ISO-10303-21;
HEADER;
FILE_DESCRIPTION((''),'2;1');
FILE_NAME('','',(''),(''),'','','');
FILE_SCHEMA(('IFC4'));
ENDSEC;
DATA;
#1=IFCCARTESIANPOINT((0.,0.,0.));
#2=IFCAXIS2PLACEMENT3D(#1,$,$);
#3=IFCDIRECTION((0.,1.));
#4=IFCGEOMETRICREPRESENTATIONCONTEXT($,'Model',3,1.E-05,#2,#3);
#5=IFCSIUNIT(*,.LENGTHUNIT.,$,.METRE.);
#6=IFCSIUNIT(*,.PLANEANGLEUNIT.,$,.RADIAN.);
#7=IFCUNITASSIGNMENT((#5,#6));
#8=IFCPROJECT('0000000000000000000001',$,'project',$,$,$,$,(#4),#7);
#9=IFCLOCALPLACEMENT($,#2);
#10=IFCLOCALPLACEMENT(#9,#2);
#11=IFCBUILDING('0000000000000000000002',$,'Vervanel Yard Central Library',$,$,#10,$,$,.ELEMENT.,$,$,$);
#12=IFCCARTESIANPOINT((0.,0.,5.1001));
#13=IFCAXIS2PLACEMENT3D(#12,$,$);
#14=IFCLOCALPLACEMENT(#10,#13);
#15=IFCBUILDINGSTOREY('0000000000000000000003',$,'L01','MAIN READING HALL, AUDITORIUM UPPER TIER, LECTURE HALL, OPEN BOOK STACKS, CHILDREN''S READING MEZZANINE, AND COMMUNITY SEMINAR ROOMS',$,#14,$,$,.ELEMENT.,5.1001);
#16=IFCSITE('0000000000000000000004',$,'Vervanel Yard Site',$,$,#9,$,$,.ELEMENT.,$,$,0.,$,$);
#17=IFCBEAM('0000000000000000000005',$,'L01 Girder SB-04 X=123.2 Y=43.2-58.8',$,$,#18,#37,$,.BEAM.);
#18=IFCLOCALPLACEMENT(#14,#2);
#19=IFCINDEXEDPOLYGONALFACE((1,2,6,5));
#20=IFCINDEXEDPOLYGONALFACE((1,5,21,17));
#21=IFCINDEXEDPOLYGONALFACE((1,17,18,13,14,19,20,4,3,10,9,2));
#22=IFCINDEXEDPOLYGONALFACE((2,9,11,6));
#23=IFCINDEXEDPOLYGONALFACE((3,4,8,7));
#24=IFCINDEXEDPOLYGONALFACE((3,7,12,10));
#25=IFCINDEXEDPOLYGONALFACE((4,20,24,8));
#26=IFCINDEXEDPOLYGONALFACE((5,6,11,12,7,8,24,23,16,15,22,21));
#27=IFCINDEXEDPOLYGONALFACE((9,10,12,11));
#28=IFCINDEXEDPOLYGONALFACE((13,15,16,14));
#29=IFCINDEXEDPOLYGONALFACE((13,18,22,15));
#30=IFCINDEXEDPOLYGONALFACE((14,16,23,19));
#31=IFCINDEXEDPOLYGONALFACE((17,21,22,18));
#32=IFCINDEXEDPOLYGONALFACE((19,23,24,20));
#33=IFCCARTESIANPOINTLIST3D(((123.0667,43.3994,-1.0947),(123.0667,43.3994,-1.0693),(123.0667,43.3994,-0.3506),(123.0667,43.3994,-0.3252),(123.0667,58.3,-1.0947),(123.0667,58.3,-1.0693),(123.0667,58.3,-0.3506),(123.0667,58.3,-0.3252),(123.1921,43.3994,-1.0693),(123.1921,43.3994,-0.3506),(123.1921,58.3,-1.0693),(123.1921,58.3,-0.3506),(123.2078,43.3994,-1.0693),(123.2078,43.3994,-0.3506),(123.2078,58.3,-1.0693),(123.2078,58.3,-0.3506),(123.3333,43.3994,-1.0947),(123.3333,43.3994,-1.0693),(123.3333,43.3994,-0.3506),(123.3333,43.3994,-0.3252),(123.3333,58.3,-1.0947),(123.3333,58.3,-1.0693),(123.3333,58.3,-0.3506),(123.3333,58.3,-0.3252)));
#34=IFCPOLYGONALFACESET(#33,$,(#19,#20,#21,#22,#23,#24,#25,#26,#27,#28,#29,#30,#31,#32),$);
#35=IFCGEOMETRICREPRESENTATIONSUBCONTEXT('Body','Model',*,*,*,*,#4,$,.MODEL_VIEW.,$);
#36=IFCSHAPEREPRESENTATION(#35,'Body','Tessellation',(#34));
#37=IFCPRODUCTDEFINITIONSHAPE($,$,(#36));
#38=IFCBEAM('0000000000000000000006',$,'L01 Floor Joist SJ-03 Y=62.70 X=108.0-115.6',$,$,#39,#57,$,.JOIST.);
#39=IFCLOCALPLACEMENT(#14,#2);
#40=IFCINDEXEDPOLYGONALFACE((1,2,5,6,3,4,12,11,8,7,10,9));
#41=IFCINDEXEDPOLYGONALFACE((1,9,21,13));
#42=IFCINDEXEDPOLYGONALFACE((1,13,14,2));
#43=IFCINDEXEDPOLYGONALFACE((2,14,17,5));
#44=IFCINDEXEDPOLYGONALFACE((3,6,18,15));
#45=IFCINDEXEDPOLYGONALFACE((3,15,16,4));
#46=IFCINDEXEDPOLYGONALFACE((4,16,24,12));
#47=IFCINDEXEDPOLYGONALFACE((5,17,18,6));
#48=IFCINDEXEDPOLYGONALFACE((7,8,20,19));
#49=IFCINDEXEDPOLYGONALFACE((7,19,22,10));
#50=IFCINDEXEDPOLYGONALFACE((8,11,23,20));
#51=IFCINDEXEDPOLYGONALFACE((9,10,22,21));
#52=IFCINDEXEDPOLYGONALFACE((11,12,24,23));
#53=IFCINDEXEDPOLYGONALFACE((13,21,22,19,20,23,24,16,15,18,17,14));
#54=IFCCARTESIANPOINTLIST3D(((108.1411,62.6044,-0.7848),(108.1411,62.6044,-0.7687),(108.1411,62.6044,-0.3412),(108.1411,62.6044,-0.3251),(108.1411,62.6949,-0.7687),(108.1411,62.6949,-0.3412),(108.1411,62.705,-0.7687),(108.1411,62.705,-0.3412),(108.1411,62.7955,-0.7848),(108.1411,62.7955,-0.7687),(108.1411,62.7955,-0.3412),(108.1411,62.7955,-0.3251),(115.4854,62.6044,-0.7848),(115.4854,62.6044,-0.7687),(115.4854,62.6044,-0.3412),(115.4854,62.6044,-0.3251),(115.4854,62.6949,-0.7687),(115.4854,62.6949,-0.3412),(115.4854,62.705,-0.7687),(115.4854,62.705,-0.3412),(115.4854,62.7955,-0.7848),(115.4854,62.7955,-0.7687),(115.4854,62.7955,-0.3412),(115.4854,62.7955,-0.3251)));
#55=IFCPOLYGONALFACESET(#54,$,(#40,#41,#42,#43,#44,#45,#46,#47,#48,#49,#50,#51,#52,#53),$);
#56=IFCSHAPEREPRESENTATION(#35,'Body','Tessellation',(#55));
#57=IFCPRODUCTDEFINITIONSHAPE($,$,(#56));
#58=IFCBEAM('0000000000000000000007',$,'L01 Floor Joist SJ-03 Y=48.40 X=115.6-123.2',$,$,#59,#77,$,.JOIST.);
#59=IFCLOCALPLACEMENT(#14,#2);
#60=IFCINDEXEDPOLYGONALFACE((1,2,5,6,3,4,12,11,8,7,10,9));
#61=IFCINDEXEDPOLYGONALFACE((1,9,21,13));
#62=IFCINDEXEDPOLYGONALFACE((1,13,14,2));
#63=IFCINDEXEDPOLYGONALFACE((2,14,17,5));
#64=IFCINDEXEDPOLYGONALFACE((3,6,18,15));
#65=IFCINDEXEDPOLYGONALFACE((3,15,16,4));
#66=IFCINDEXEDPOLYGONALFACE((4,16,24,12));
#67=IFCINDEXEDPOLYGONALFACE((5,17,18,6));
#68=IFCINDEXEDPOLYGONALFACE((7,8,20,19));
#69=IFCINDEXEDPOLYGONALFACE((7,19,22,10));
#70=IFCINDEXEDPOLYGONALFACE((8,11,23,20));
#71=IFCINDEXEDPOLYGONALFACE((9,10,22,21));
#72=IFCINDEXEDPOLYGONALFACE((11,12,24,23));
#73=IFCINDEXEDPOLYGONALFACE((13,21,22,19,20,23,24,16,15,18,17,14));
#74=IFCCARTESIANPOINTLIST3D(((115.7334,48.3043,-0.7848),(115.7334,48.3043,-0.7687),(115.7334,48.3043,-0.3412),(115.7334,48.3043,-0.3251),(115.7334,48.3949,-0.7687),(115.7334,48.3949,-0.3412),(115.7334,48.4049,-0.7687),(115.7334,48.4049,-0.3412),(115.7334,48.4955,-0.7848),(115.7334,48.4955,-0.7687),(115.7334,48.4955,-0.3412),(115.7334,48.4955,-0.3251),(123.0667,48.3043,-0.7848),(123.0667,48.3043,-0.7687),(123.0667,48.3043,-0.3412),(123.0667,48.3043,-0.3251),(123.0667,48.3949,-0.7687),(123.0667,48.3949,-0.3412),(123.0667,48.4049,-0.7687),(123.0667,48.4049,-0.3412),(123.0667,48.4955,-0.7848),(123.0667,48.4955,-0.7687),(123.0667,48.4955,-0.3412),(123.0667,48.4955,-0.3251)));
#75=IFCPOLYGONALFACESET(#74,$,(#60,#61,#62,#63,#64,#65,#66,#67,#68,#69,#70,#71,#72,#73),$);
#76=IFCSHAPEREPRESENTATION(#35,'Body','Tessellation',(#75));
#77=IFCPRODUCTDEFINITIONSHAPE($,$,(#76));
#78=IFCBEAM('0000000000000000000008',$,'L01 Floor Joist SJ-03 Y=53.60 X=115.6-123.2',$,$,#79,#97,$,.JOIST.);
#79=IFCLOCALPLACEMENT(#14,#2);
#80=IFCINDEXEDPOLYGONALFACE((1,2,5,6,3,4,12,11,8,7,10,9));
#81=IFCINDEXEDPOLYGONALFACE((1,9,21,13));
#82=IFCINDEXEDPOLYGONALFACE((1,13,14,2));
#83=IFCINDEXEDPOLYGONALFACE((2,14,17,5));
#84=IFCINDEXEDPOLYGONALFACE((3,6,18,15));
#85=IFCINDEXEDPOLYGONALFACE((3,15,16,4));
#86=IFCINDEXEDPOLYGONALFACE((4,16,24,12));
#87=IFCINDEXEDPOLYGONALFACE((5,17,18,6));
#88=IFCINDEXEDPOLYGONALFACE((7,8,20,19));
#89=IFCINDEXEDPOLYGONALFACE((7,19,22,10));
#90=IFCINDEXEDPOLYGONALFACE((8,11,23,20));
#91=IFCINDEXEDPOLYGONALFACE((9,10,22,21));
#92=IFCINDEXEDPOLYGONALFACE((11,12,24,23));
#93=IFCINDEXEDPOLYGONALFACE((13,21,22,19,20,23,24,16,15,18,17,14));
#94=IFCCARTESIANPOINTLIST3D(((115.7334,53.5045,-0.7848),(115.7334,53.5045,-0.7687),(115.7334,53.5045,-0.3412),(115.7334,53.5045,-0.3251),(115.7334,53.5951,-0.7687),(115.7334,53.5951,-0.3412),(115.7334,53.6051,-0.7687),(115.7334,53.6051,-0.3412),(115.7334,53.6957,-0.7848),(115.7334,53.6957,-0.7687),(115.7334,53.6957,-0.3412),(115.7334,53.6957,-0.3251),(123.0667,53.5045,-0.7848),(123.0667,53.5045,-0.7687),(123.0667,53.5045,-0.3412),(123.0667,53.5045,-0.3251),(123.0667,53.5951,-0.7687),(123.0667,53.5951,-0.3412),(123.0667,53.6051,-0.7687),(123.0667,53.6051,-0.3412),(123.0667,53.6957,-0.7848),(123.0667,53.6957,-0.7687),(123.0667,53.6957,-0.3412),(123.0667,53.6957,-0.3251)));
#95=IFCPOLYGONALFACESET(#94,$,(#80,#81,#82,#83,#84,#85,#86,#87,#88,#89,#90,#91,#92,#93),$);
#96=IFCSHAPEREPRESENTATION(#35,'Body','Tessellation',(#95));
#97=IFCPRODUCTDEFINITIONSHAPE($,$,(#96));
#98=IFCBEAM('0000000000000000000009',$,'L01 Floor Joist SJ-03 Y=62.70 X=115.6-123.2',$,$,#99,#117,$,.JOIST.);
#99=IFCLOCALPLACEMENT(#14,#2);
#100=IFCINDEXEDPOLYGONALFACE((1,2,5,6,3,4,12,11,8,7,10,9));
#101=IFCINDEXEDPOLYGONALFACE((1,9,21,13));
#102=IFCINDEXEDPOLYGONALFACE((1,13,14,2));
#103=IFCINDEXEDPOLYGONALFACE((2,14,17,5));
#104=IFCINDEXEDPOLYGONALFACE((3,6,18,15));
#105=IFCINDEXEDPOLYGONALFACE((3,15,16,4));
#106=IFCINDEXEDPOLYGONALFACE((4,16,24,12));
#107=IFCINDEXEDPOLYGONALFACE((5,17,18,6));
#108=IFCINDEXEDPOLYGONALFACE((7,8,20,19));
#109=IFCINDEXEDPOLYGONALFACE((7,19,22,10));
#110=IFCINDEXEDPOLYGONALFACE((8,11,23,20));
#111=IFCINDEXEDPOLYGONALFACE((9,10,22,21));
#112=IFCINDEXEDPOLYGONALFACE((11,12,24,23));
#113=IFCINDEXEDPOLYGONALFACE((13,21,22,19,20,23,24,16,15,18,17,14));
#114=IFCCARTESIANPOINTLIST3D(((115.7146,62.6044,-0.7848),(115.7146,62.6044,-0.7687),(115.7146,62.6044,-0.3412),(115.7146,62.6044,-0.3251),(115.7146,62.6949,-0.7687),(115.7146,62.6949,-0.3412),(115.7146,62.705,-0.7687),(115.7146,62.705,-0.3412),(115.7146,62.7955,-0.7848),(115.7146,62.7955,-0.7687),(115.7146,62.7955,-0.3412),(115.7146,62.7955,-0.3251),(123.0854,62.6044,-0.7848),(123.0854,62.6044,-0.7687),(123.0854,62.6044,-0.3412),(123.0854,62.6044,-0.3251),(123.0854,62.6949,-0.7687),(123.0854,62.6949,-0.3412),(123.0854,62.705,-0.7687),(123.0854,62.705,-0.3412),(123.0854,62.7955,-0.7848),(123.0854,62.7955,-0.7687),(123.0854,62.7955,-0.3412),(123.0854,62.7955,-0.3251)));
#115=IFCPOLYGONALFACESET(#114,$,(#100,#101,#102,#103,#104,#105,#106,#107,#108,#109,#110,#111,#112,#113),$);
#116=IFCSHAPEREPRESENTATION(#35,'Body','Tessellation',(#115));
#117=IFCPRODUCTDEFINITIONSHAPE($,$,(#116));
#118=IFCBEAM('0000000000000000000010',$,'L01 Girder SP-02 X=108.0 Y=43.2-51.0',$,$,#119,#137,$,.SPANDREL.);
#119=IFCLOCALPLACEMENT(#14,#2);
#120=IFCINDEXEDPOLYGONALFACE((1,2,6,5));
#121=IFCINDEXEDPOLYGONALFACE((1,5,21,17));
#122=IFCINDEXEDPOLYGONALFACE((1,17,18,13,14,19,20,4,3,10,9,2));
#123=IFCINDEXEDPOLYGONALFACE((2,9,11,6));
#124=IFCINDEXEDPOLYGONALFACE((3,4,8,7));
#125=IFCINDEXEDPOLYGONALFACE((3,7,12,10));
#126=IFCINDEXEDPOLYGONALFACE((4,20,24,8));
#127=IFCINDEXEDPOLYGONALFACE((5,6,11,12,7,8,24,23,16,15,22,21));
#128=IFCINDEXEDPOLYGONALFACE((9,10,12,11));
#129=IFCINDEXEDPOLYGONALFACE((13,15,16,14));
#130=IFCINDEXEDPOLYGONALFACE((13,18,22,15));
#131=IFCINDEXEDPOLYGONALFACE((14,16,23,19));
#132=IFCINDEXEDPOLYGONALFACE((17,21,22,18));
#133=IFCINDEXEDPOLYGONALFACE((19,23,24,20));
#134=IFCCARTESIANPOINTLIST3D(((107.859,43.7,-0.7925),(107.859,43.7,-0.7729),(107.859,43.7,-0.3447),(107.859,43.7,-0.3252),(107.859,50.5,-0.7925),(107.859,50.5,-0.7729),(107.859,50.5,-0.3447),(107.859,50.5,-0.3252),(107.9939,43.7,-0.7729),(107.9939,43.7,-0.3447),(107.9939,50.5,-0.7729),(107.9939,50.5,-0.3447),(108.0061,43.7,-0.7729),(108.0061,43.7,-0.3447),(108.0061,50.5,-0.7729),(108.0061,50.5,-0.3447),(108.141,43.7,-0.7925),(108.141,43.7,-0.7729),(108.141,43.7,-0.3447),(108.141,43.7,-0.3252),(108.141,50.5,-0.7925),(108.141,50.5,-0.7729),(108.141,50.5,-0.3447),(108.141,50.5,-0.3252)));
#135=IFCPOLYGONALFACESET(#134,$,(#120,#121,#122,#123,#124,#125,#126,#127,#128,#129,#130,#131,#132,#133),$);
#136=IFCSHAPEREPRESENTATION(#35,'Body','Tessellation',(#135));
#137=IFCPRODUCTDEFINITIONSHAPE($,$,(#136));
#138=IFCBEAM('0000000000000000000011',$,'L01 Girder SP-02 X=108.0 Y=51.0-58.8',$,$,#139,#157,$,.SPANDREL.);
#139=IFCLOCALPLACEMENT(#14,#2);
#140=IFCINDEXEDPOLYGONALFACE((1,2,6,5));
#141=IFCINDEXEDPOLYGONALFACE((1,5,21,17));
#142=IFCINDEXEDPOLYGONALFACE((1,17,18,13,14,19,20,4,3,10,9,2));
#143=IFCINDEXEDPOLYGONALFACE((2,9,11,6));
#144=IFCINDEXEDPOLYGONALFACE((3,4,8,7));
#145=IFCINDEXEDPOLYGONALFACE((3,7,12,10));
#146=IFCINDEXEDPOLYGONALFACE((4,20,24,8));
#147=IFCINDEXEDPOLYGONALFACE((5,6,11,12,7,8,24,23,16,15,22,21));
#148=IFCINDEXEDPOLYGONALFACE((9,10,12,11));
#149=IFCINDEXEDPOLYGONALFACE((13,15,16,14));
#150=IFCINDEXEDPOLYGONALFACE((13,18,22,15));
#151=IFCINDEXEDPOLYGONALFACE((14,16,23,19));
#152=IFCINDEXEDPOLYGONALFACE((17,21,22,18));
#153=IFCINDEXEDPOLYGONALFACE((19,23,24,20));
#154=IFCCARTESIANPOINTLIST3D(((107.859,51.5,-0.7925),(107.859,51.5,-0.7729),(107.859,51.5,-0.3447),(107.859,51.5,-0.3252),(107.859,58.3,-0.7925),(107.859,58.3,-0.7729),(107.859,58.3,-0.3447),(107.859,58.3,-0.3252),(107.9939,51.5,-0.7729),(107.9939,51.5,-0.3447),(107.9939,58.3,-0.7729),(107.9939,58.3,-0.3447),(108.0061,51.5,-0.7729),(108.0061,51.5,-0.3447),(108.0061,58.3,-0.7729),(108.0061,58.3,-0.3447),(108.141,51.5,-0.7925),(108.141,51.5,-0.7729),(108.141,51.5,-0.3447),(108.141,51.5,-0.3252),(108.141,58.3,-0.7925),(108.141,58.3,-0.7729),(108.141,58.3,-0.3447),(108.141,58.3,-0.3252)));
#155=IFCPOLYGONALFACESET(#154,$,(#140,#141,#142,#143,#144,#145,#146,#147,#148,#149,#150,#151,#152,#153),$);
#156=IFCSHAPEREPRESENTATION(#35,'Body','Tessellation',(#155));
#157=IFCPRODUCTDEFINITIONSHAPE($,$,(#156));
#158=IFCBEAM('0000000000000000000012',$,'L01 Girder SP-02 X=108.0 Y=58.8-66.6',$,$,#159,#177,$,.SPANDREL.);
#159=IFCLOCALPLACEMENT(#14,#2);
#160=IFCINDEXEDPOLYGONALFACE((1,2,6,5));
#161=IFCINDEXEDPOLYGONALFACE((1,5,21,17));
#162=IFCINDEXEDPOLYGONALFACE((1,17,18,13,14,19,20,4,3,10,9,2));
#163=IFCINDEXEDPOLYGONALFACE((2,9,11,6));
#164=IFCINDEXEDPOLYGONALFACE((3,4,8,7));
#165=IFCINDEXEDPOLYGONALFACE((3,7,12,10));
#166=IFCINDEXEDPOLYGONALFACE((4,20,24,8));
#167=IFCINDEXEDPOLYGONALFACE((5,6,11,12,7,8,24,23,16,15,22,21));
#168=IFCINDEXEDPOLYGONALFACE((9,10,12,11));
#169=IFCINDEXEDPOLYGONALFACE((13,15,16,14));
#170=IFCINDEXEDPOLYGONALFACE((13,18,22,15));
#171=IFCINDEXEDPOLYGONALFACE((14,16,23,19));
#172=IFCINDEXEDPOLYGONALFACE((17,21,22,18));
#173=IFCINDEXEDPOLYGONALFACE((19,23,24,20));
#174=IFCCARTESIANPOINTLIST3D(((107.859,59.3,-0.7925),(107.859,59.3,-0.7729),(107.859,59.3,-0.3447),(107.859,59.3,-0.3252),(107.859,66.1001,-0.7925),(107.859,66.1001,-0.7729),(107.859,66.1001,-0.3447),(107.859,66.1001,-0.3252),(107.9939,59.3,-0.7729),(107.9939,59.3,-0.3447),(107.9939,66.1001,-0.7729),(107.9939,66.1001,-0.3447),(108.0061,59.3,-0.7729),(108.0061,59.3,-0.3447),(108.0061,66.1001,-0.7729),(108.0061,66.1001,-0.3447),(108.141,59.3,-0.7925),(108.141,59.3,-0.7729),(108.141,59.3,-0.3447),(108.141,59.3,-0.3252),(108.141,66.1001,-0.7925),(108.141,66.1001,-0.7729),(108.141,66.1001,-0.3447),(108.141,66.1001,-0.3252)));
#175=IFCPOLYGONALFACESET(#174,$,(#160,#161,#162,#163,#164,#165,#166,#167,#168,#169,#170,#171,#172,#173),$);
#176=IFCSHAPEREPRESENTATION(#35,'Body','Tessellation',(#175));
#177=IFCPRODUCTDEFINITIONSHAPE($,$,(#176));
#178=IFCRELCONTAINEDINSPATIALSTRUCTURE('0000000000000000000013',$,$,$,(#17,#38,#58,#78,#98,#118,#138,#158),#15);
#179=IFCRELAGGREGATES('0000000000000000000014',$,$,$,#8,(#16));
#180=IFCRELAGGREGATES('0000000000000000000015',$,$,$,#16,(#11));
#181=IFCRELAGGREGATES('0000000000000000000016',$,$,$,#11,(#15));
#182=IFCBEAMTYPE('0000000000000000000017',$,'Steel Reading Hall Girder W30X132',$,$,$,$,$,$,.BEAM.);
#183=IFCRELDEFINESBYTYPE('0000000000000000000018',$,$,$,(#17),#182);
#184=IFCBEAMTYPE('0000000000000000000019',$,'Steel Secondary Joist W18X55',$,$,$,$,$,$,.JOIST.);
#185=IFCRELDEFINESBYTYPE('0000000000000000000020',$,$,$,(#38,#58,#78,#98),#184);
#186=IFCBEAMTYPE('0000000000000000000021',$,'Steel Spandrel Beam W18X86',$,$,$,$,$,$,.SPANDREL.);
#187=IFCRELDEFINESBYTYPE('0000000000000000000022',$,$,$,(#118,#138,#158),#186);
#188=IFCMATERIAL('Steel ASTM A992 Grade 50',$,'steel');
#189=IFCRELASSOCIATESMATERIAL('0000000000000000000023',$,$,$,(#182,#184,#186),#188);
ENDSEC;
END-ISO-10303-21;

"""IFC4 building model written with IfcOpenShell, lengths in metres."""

from ifc_helpers import new_model, si_unit, direction, frame, origin, origin_2d, place, context, subcontext, project, spatial, i_section, extrude, material, material_profile, profile_set, type_object, element, save


model = new_model("IFC4")

# Units and contexts
model_context = context("Model", 3, precision=1e-05, world=origin(), true_north=direction((0.0, 1.0)))
body_context = subcontext(model_context, "Body", "Model", "MODEL_VIEW")
ifc_project = project(units=[si_unit("LENGTHUNIT", "METRE"), si_unit("PLANEANGLEUNIT", "RADIAN")], contexts=[model_context])

# Site, building, storey
site_placement = place(None, origin())
site = spatial("IfcSite", under=ifc_project, at=site_placement, Name="Vervanel Yard Site", CompositionType="ELEMENT", RefElevation=0.0)
building_placement = place(site_placement, origin())
building = spatial("IfcBuilding", under=site, at=building_placement, Name="Vervanel Yard Central Library", CompositionType="ELEMENT")
storey_placement = place(building_placement, frame((0.0, 0.0, 5.1001)))
storey = spatial("IfcBuildingStorey", under=building, at=storey_placement, Name="L01", Description="MAIN READING HALL, AUDITORIUM UPPER TIER, LECTURE HALL, OPEN BOOK STACKS, CHILDREN'S READING MEZZANINE, AND COMMUNITY SEMINAR ROOMS", CompositionType="ELEMENT", Elevation=5.1001)

# Shared definitions
ifc_material_1 = material(Name="Steel ASTM A992 Grade 50", Category="steel")

# Beams
ifc_material_profile_1 = material_profile(ifc_material_1, i_section(OverallWidth=0.2666, OverallDepth=0.7695, WebThickness=0.0156, FlangeThickness=0.0254, at=origin_2d()), Name="W30X132", Category="steel")
ifc_profile_set_1 = profile_set([ifc_material_profile_1], Name="Steel ASTM A992 Grade 50")
beam_type_1 = type_object("IfcBeamType", Name="Steel Reading Hall Girder W30X132", PredefinedType="BEAM", material=ifc_profile_set_1)
beam_1_placement = place(storey_placement, frame((123.2, 43.3994, -0.71), z_axis=(0.0, 1.0, 0.0), x_axis=(-1.0, 0.0, 0.0)))
element("IfcBeam", 1, at=beam_1_placement, inside=storey, type_object=beam_type_1, Name="L01 Girder SB-04 X=123.2 Y=43.2-58.8", PredefinedType="BEAM", context=body_context, shape_type="SweptSolid", body=[
    extrude(i_section(OverallWidth=0.2666, OverallDepth=0.7695, WebThickness=0.0156, FlangeThickness=0.0254, at=origin_2d()), origin(), (0.0, 0.0, 1.0), 14.9006),
])
ifc_material_profile_2 = material_profile(ifc_material_1, i_section(OverallWidth=0.1912, OverallDepth=0.4597, WebThickness=0.01, FlangeThickness=0.0161, at=origin_2d()), Name="W18X55", Category="steel")
ifc_profile_set_2 = profile_set([ifc_material_profile_2], Name="Steel ASTM A992 Grade 50")
beam_type_2 = type_object("IfcBeamType", Name="Steel Secondary Joist W18X55", PredefinedType="JOIST", material=ifc_profile_set_2)
beam_2_placement = place(storey_placement, frame((108.1411, 62.7, -0.5549), z_axis=(1.0, 0.0, 0.0), x_axis=(0.0, 1.0, 0.0)))
element("IfcBeam", 2, at=beam_2_placement, inside=storey, type_object=beam_type_2, Name="L01 Floor Joist SJ-03 Y=62.70 X=108.0-115.6", PredefinedType="JOIST", context=body_context, shape_type="SweptSolid", body=[
    extrude(i_section(OverallWidth=0.1912, OverallDepth=0.4597, WebThickness=0.01, FlangeThickness=0.0161, at=origin_2d()), origin(), (0.0, 0.0, 1.0), 7.3442),
])
for number, where, z_axis, x_axis, name in (
    (3, (115.7334, 48.3999, -0.5549), (1.0, 0.0, 0.0), (0.0, 1.0, 0.0), "L01 Floor Joist SJ-03 Y=48.40 X=115.6-123.2"),
    (4, (115.7334, 53.6001, -0.5549), (1.0, 0.0, 0.0), (0.0, 1.0, 0.0), "L01 Floor Joist SJ-03 Y=53.60 X=115.6-123.2"),
):
    element("IfcBeam", number, at=place(storey_placement, frame(where, z_axis=z_axis, x_axis=x_axis)), inside=storey, type_object=beam_type_2, Name=name, PredefinedType="JOIST", context=body_context, shape_type="SweptSolid", body=[
        extrude(i_section(OverallWidth=0.1912, OverallDepth=0.4597, WebThickness=0.01, FlangeThickness=0.0161, at=origin_2d()), origin(), (0.0, 0.0, 1.0), 7.3333),
    ])
beam_3_placement = place(storey_placement, frame((115.7146, 62.7, -0.5549), z_axis=(1.0, 0.0, 0.0), x_axis=(0.0, 1.0, 0.0)))
element("IfcBeam", 5, at=beam_3_placement, inside=storey, type_object=beam_type_2, Name="L01 Floor Joist SJ-03 Y=62.70 X=115.6-123.2", PredefinedType="JOIST", context=body_context, shape_type="SweptSolid", body=[
    extrude(i_section(OverallWidth=0.1912, OverallDepth=0.4597, WebThickness=0.01, FlangeThickness=0.0161, at=origin_2d()), origin(), (0.0, 0.0, 1.0), 7.3708),
])
ifc_material_profile_3 = material_profile(ifc_material_1, i_section(OverallWidth=0.282, OverallDepth=0.4673, WebThickness=0.0122, FlangeThickness=0.0195, at=origin_2d()), Name="W18X86", Category="steel")
ifc_profile_set_3 = profile_set([ifc_material_profile_3], Name="Steel ASTM A992 Grade 50")
beam_type_3 = type_object("IfcBeamType", Name="Steel Spandrel Beam W18X86", PredefinedType="SPANDREL", material=ifc_profile_set_3)
for number, where, z_axis, x_axis, name in (
    (6, (108.0, 43.7, -0.5588), (0.0, 1.0, 0.0), (-1.0, 0.0, 0.0), "L01 Girder SP-02 X=108.0 Y=43.2-51.0"),
    (7, (108.0, 51.5, -0.5588), (0.0, 1.0, 0.0), (-1.0, 0.0, 0.0), "L01 Girder SP-02 X=108.0 Y=51.0-58.8"),
    (8, (108.0, 59.3, -0.5588), (0.0, 1.0, 0.0), (-1.0, 0.0, 0.0), "L01 Girder SP-02 X=108.0 Y=58.8-66.6"),
):
    element("IfcBeam", number, at=place(storey_placement, frame(where, z_axis=z_axis, x_axis=x_axis)), inside=storey, type_object=beam_type_3, Name=name, PredefinedType="SPANDREL", context=body_context, shape_type="SweptSolid", body=[
        extrude(i_section(OverallWidth=0.282, OverallDepth=0.4673, WebThickness=0.0122, FlangeThickness=0.0195, at=origin_2d()), origin(), (0.0, 0.0, 1.0), 6.8),
    ])

save(model, "model.ifc")
